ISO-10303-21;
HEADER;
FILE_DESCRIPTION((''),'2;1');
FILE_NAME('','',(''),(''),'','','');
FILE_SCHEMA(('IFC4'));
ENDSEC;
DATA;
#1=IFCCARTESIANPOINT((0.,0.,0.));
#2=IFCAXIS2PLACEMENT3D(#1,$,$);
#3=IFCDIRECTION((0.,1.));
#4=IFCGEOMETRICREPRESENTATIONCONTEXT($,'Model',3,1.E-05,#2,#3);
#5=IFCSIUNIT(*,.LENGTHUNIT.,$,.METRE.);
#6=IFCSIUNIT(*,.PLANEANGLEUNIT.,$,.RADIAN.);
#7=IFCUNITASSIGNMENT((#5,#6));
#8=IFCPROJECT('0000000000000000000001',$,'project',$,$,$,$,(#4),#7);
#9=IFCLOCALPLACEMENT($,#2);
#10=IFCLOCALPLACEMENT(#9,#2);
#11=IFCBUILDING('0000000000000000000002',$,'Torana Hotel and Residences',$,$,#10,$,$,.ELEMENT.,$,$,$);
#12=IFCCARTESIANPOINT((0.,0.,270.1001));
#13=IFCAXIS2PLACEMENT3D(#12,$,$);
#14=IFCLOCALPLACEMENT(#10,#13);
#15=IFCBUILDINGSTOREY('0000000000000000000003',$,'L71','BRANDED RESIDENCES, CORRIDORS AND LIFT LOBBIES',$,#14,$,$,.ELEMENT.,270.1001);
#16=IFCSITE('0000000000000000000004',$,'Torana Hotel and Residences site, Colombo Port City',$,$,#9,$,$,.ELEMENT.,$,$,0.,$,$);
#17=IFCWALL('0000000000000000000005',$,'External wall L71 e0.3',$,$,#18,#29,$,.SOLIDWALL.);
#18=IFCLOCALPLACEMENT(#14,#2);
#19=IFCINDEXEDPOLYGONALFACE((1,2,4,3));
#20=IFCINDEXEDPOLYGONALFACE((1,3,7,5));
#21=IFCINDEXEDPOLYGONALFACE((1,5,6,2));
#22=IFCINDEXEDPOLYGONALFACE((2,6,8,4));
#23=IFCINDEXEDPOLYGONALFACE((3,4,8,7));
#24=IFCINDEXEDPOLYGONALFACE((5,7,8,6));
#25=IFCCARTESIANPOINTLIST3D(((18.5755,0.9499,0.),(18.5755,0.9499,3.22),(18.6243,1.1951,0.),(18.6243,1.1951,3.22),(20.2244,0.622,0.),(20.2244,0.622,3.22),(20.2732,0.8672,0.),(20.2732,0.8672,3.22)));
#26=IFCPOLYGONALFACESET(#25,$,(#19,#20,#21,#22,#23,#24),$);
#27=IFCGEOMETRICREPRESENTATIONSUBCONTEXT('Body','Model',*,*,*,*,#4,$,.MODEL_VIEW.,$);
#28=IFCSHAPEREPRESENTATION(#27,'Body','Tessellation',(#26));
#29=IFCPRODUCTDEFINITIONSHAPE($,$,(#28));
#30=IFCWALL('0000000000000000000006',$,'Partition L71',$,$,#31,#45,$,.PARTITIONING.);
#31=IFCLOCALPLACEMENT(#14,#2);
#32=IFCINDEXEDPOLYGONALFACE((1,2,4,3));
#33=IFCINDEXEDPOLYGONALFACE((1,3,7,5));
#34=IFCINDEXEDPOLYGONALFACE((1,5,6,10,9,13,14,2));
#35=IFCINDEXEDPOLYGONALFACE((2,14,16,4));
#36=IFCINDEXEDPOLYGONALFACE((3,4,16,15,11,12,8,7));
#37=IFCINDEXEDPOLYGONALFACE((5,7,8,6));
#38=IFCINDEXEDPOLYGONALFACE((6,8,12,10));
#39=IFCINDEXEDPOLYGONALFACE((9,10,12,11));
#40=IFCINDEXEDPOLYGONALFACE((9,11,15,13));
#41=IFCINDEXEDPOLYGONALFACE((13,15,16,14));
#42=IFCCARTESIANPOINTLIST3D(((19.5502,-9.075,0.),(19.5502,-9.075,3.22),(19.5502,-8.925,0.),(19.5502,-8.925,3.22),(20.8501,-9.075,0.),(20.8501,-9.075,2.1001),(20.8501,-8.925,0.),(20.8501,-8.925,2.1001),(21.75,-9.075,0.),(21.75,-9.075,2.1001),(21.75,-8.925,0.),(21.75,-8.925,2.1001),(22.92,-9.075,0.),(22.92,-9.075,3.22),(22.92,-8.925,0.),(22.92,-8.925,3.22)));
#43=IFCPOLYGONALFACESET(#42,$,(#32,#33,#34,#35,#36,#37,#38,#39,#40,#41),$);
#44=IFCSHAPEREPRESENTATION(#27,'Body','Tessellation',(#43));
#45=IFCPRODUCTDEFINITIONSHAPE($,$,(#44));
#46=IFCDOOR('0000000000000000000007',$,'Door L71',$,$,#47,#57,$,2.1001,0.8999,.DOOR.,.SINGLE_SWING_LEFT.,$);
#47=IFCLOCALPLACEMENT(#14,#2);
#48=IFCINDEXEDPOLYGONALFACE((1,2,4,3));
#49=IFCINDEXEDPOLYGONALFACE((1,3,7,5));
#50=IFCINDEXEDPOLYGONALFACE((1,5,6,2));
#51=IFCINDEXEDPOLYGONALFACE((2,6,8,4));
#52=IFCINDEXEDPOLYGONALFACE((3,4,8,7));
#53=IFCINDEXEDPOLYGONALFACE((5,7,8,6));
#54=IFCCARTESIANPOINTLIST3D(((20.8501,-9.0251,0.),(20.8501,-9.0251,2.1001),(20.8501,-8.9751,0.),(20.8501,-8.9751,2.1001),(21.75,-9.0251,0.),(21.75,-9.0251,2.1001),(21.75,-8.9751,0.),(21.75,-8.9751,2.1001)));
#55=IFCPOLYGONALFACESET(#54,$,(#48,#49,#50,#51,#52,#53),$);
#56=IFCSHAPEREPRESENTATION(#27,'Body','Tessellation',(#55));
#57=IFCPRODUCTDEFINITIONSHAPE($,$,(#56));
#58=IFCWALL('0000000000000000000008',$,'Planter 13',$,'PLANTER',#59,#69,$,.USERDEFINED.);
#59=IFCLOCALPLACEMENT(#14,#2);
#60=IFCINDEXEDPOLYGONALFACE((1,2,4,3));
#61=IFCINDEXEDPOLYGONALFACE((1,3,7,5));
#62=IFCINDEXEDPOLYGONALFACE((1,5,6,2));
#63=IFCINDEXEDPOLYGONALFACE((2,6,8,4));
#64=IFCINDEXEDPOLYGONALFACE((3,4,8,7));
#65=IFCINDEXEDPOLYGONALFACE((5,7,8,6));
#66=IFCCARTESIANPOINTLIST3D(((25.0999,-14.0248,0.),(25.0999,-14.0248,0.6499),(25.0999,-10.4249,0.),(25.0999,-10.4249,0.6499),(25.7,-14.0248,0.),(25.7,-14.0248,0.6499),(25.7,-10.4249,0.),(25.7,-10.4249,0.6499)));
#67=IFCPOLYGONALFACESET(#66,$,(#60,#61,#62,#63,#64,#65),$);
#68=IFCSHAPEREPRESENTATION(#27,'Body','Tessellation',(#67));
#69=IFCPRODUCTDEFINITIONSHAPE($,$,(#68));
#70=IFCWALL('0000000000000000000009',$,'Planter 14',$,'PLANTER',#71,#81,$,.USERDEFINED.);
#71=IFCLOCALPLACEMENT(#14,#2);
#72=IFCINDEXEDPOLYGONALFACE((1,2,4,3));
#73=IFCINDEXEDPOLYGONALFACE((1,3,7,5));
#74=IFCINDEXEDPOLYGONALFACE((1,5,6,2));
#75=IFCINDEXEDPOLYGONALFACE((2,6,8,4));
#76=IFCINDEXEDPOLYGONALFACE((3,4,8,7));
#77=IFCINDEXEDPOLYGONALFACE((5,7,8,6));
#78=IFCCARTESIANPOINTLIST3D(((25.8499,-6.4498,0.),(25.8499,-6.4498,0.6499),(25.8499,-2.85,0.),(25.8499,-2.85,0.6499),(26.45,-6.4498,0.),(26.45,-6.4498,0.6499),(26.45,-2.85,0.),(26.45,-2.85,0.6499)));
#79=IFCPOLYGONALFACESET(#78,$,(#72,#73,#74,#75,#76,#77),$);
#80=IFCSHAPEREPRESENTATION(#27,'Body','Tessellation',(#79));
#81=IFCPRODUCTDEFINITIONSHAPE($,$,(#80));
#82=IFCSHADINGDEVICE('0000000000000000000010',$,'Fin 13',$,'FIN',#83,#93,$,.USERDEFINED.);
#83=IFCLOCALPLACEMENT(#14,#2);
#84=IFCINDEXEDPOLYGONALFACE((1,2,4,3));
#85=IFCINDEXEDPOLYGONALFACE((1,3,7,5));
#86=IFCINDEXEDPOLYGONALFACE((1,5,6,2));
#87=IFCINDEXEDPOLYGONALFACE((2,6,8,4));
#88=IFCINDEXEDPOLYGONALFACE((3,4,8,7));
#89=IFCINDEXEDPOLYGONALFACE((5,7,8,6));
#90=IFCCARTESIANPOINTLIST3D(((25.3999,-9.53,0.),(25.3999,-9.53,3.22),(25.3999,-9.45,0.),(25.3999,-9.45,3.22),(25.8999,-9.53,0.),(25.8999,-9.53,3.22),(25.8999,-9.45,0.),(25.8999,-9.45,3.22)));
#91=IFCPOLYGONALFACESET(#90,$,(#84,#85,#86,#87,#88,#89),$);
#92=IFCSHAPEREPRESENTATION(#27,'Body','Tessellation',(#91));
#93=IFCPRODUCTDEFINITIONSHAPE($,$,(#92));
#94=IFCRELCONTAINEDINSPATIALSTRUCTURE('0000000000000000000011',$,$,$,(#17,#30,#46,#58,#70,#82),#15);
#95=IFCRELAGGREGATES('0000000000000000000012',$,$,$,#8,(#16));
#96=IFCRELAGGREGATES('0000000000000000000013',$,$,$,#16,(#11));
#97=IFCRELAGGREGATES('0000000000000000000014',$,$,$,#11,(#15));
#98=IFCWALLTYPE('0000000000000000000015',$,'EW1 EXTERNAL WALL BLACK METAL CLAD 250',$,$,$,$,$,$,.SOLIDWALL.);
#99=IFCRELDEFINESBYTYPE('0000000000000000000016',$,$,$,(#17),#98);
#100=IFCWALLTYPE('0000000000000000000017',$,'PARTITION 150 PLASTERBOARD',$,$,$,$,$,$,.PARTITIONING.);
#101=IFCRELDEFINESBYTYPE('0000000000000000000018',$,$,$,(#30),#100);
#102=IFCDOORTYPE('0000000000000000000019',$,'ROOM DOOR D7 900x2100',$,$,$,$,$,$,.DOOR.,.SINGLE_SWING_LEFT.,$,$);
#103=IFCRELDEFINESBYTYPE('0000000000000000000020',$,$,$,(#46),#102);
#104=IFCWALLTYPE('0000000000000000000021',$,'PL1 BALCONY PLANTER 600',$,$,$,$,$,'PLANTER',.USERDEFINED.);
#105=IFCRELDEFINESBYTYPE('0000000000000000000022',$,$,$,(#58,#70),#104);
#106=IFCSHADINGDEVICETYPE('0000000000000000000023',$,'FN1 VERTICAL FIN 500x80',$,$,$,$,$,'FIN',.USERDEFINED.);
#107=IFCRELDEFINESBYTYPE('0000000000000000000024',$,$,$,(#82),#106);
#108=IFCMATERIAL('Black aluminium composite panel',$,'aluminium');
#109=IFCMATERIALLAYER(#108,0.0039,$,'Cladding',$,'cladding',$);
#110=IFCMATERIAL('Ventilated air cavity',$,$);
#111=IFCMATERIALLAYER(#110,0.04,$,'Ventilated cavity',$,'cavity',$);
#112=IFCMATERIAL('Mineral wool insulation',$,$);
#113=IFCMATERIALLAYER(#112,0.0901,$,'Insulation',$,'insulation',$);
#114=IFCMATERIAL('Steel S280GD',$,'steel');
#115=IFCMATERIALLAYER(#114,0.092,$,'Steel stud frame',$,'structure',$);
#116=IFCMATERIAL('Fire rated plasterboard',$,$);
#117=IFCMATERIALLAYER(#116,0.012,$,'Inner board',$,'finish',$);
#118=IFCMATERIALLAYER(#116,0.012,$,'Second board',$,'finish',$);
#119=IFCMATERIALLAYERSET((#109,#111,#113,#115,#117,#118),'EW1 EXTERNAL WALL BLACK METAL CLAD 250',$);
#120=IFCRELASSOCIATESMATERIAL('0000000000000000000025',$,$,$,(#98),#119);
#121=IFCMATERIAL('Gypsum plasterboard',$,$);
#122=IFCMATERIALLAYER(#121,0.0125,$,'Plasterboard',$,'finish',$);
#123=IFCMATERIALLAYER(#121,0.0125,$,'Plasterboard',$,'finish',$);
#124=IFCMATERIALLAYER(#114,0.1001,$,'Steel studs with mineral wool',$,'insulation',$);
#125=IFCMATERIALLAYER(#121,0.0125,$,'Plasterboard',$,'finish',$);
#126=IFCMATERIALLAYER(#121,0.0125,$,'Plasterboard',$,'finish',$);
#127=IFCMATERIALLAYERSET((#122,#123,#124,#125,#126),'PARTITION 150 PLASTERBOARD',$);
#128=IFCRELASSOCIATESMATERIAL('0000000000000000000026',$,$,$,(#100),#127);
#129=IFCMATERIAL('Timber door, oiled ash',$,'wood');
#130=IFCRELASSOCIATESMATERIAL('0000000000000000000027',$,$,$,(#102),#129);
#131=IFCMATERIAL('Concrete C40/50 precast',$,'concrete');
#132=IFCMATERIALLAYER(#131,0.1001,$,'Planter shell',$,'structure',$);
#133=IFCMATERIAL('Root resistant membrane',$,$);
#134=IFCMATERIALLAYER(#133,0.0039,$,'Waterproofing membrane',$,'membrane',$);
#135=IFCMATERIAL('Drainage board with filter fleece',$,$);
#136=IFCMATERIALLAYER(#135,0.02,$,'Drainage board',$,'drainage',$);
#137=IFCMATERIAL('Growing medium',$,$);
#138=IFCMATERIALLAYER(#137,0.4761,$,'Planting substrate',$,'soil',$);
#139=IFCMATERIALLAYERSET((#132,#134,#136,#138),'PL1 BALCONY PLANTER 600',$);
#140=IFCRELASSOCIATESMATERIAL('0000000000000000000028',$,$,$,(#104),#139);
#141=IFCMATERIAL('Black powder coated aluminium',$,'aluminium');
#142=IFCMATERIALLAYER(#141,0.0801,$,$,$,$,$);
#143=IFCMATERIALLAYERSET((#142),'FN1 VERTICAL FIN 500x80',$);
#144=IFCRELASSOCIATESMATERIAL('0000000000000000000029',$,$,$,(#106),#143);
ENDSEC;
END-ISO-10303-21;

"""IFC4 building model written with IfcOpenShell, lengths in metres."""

from ifc_helpers import new_model, si_unit, direction, frame, frame_2d, origin, origin_2d, place, context, subcontext, project, spatial, rectangle, extrude, material, layer, layer_set, type_object, element, fill, save


model = new_model("IFC4")

# Units and contexts
model_context = context("Model", 3, precision=1e-05, world=origin(), true_north=direction((0.0, 1.0)))
body_context = subcontext(model_context, "Body", "Model", "MODEL_VIEW")
ifc_project = project(units=[si_unit("LENGTHUNIT", "METRE"), si_unit("PLANEANGLEUNIT", "RADIAN")], contexts=[model_context])

# Site, building, storey
site_placement = place(None, origin())
site = spatial("IfcSite", under=ifc_project, at=site_placement, Name="Torana Hotel and Residences site, Colombo Port City", CompositionType="ELEMENT", RefElevation=0.0)
building_placement = place(site_placement, origin())
building = spatial("IfcBuilding", under=site, at=building_placement, Name="Torana Hotel and Residences", CompositionType="ELEMENT")
storey_placement = place(building_placement, frame((0.0, 0.0, 270.1001)))
storey = spatial("IfcBuildingStorey", under=building, at=storey_placement, Name="L71", Description="BRANDED RESIDENCES, CORRIDORS AND LIFT LOBBIES", CompositionType="ELEMENT", Elevation=270.1001)

# Wall
ifc_material_1 = material(Name="Black aluminium composite panel", Category="aluminium")
ifc_layer_1 = layer(ifc_material_1, 0.0039, Name="Cladding", Category="cladding")
ifc_material_2 = material(Name="Ventilated air cavity")
ifc_layer_2 = layer(ifc_material_2, 0.04, Name="Ventilated cavity", Category="cavity")
ifc_material_3 = material(Name="Mineral wool insulation")
ifc_layer_3 = layer(ifc_material_3, 0.0901, Name="Insulation", Category="insulation")
ifc_material_4 = material(Name="Steel S280GD", Category="steel")
ifc_layer_4 = layer(ifc_material_4, 0.092, Name="Steel stud frame", Category="structure")
ifc_material_5 = material(Name="Fire rated plasterboard")
ifc_layer_5 = layer(ifc_material_5, 0.012, Name="Inner board", Category="finish")
ifc_layer_6 = layer(ifc_material_5, 0.012, Name="Second board", Category="finish")
ifc_layer_set_1 = layer_set([ifc_layer_1, ifc_layer_2, ifc_layer_3, ifc_layer_4, ifc_layer_5, ifc_layer_6], Name="EW1 EXTERNAL WALL BLACK METAL CLAD 250")
wall_type_1 = type_object("IfcWallType", Name="EW1 EXTERNAL WALL BLACK METAL CLAD 250", PredefinedType="SOLIDWALL", material=ifc_layer_set_1)
wall_1_placement = place(storey_placement, frame((20.2488, 0.7446, 0.0), z_axis=(0.0, 0.0, 1.0), x_axis=(-0.980798, 0.195027, 0.0)))
element("IfcWall", 1, at=wall_1_placement, inside=storey, type_object=wall_type_1, Name="External wall L71 e0.3", PredefinedType="SOLIDWALL", context=body_context, shape_type="SweptSolid", body=[
    extrude(rectangle(XDim=1.6812, YDim=0.25, at=frame_2d((0.8406, 0.0))), origin(), (0.0, 0.0, 1.0), 3.22),
])

# Wall, opening, door
ifc_material_6 = material(Name="Gypsum plasterboard")
ifc_layer_7 = layer(ifc_material_6, 0.0125, Name="Plasterboard", Category="finish")
ifc_layer_8 = layer(ifc_material_6, 0.0125, Name="Plasterboard", Category="finish")
ifc_layer_9 = layer(ifc_material_4, 0.1001, Name="Steel studs with mineral wool", Category="insulation")
ifc_layer_10 = layer(ifc_material_6, 0.0125, Name="Plasterboard", Category="finish")
ifc_layer_11 = layer(ifc_material_6, 0.0125, Name="Plasterboard", Category="finish")
ifc_layer_set_2 = layer_set([ifc_layer_7, ifc_layer_8, ifc_layer_9, ifc_layer_10, ifc_layer_11], Name="PARTITION 150 PLASTERBOARD")
wall_type_2 = type_object("IfcWallType", Name="PARTITION 150 PLASTERBOARD", PredefinedType="PARTITIONING", material=ifc_layer_set_2)
wall_2_placement = place(storey_placement, frame((19.55, -9.0, 0.0), z_axis=(0.0, 0.0, 1.0), x_axis=(1.0, 0.0, 0.0)))
wall_2 = element("IfcWall", 2, at=wall_2_placement, inside=storey, type_object=wall_type_2, Name="Partition L71", PredefinedType="PARTITIONING", context=body_context, shape_type="SweptSolid", body=[
    extrude(rectangle(XDim=3.3699, YDim=0.1499, at=frame_2d((1.6851, 0.0))), origin(), (0.0, 0.0, 1.0), 3.22),
])
opening_placement = place(wall_2_placement, frame((1.3, 0.0, 0.0)))
opening = element("IfcOpeningElement", 3, at=opening_placement, cuts=wall_2, PredefinedType="OPENING", context=body_context, shape_type="SweptSolid", body=[
    extrude(rectangle(XDim=0.8999, YDim=2.1001, at=frame_2d((0.45, 1.05))), frame((0.0, 0.085, 0.0), z_axis=(0.0, -1.0, 0.0), x_axis=(1.0, 0.0, 0.0)), (0.0, 0.0, 1.0), 0.1699),
])
ifc_material_7 = material(Name="Timber door, oiled ash", Category="wood")
door_type = type_object("IfcDoorType", Name="ROOM DOOR D7 900x2100", OperationType="SINGLE_SWING_LEFT", PredefinedType="DOOR", material=ifc_material_7)
door_placement = place(opening_placement, origin())
door = element("IfcDoor", 4, at=door_placement, inside=storey, type_object=door_type, Name="Door L71", OperationType="SINGLE_SWING_LEFT", OverallHeight=2.1001, OverallWidth=0.8999, PredefinedType="DOOR", context=body_context, shape_type="SweptSolid", body=[
    extrude(rectangle(XDim=0.8999, YDim=2.1001, at=frame_2d((0.45, 1.05))), frame((0.0, 0.0249, 0.0), z_axis=(0.0, -1.0, 0.0), x_axis=(1.0, 0.0, 0.0)), (0.0, 0.0, 1.0), 0.05),
])
fill(opening, door)

# Walls
ifc_material_8 = material(Name="Concrete C40/50 precast", Category="concrete")
ifc_layer_12 = layer(ifc_material_8, 0.1001, Name="Planter shell", Category="structure")
ifc_material_9 = material(Name="Root resistant membrane")
ifc_layer_13 = layer(ifc_material_9, 0.0039, Name="Waterproofing membrane", Category="membrane")
ifc_material_10 = material(Name="Drainage board with filter fleece")
ifc_layer_14 = layer(ifc_material_10, 0.02, Name="Drainage board", Category="drainage")
ifc_material_11 = material(Name="Growing medium")
ifc_layer_15 = layer(ifc_material_11, 0.4761, Name="Planting substrate", Category="soil")
ifc_layer_set_3 = layer_set([ifc_layer_12, ifc_layer_13, ifc_layer_14, ifc_layer_15], Name="PL1 BALCONY PLANTER 600")
wall_type_3 = type_object("IfcWallType", Name="PL1 BALCONY PLANTER 600", ElementType="PLANTER", PredefinedType="USERDEFINED", material=ifc_layer_set_3)
for number, where, z_axis, x_axis, name in (
    (5, (25.3999, -10.425, 0.0), (0.0, 0.0, 1.0), (0.0, -1.0, 0.0), "Planter 13"),
    (6, (26.1499, -2.8501, 0.0), (0.0, 0.0, 1.0), (0.0, -1.0, 0.0), "Planter 14"),
):
    element("IfcWall", number, at=place(storey_placement, frame(where, z_axis=z_axis, x_axis=x_axis)), inside=storey, type_object=wall_type_3, Name=name, ObjectType="PLANTER", PredefinedType="USERDEFINED", context=body_context, shape_type="SweptSolid", body=[
        extrude(rectangle(XDim=3.5999, YDim=0.6001, at=frame_2d((1.7998, 0.0))), origin(), (0.0, 0.0, 1.0), 0.6499),
    ])

# Shading device
ifc_material_12 = material(Name="Black powder coated aluminium", Category="aluminium")
ifc_layer_16 = layer(ifc_material_12, 0.0801)
ifc_layer_set_4 = layer_set([ifc_layer_16], Name="FN1 VERTICAL FIN 500x80")
shading_device_type = type_object("IfcShadingDeviceType", Name="FN1 VERTICAL FIN 500x80", ElementType="FIN", PredefinedType="USERDEFINED", material=ifc_layer_set_4)
shading_device_placement = place(storey_placement, frame((25.6499, -9.49, 0.0), z_axis=(0.0, 0.0, 1.0), x_axis=(0.0, -1.0, 0.0)))
element("IfcShadingDevice", 7, at=shading_device_placement, inside=storey, type_object=shading_device_type, Name="Fin 13", ObjectType="FIN", PredefinedType="USERDEFINED", context=body_context, shape_type="SweptSolid", body=[
    extrude(rectangle(XDim=0.0801, YDim=0.5, at=origin_2d()), origin(), (0.0, 0.0, 1.0), 3.22),
])

save(model, "model.ifc")
